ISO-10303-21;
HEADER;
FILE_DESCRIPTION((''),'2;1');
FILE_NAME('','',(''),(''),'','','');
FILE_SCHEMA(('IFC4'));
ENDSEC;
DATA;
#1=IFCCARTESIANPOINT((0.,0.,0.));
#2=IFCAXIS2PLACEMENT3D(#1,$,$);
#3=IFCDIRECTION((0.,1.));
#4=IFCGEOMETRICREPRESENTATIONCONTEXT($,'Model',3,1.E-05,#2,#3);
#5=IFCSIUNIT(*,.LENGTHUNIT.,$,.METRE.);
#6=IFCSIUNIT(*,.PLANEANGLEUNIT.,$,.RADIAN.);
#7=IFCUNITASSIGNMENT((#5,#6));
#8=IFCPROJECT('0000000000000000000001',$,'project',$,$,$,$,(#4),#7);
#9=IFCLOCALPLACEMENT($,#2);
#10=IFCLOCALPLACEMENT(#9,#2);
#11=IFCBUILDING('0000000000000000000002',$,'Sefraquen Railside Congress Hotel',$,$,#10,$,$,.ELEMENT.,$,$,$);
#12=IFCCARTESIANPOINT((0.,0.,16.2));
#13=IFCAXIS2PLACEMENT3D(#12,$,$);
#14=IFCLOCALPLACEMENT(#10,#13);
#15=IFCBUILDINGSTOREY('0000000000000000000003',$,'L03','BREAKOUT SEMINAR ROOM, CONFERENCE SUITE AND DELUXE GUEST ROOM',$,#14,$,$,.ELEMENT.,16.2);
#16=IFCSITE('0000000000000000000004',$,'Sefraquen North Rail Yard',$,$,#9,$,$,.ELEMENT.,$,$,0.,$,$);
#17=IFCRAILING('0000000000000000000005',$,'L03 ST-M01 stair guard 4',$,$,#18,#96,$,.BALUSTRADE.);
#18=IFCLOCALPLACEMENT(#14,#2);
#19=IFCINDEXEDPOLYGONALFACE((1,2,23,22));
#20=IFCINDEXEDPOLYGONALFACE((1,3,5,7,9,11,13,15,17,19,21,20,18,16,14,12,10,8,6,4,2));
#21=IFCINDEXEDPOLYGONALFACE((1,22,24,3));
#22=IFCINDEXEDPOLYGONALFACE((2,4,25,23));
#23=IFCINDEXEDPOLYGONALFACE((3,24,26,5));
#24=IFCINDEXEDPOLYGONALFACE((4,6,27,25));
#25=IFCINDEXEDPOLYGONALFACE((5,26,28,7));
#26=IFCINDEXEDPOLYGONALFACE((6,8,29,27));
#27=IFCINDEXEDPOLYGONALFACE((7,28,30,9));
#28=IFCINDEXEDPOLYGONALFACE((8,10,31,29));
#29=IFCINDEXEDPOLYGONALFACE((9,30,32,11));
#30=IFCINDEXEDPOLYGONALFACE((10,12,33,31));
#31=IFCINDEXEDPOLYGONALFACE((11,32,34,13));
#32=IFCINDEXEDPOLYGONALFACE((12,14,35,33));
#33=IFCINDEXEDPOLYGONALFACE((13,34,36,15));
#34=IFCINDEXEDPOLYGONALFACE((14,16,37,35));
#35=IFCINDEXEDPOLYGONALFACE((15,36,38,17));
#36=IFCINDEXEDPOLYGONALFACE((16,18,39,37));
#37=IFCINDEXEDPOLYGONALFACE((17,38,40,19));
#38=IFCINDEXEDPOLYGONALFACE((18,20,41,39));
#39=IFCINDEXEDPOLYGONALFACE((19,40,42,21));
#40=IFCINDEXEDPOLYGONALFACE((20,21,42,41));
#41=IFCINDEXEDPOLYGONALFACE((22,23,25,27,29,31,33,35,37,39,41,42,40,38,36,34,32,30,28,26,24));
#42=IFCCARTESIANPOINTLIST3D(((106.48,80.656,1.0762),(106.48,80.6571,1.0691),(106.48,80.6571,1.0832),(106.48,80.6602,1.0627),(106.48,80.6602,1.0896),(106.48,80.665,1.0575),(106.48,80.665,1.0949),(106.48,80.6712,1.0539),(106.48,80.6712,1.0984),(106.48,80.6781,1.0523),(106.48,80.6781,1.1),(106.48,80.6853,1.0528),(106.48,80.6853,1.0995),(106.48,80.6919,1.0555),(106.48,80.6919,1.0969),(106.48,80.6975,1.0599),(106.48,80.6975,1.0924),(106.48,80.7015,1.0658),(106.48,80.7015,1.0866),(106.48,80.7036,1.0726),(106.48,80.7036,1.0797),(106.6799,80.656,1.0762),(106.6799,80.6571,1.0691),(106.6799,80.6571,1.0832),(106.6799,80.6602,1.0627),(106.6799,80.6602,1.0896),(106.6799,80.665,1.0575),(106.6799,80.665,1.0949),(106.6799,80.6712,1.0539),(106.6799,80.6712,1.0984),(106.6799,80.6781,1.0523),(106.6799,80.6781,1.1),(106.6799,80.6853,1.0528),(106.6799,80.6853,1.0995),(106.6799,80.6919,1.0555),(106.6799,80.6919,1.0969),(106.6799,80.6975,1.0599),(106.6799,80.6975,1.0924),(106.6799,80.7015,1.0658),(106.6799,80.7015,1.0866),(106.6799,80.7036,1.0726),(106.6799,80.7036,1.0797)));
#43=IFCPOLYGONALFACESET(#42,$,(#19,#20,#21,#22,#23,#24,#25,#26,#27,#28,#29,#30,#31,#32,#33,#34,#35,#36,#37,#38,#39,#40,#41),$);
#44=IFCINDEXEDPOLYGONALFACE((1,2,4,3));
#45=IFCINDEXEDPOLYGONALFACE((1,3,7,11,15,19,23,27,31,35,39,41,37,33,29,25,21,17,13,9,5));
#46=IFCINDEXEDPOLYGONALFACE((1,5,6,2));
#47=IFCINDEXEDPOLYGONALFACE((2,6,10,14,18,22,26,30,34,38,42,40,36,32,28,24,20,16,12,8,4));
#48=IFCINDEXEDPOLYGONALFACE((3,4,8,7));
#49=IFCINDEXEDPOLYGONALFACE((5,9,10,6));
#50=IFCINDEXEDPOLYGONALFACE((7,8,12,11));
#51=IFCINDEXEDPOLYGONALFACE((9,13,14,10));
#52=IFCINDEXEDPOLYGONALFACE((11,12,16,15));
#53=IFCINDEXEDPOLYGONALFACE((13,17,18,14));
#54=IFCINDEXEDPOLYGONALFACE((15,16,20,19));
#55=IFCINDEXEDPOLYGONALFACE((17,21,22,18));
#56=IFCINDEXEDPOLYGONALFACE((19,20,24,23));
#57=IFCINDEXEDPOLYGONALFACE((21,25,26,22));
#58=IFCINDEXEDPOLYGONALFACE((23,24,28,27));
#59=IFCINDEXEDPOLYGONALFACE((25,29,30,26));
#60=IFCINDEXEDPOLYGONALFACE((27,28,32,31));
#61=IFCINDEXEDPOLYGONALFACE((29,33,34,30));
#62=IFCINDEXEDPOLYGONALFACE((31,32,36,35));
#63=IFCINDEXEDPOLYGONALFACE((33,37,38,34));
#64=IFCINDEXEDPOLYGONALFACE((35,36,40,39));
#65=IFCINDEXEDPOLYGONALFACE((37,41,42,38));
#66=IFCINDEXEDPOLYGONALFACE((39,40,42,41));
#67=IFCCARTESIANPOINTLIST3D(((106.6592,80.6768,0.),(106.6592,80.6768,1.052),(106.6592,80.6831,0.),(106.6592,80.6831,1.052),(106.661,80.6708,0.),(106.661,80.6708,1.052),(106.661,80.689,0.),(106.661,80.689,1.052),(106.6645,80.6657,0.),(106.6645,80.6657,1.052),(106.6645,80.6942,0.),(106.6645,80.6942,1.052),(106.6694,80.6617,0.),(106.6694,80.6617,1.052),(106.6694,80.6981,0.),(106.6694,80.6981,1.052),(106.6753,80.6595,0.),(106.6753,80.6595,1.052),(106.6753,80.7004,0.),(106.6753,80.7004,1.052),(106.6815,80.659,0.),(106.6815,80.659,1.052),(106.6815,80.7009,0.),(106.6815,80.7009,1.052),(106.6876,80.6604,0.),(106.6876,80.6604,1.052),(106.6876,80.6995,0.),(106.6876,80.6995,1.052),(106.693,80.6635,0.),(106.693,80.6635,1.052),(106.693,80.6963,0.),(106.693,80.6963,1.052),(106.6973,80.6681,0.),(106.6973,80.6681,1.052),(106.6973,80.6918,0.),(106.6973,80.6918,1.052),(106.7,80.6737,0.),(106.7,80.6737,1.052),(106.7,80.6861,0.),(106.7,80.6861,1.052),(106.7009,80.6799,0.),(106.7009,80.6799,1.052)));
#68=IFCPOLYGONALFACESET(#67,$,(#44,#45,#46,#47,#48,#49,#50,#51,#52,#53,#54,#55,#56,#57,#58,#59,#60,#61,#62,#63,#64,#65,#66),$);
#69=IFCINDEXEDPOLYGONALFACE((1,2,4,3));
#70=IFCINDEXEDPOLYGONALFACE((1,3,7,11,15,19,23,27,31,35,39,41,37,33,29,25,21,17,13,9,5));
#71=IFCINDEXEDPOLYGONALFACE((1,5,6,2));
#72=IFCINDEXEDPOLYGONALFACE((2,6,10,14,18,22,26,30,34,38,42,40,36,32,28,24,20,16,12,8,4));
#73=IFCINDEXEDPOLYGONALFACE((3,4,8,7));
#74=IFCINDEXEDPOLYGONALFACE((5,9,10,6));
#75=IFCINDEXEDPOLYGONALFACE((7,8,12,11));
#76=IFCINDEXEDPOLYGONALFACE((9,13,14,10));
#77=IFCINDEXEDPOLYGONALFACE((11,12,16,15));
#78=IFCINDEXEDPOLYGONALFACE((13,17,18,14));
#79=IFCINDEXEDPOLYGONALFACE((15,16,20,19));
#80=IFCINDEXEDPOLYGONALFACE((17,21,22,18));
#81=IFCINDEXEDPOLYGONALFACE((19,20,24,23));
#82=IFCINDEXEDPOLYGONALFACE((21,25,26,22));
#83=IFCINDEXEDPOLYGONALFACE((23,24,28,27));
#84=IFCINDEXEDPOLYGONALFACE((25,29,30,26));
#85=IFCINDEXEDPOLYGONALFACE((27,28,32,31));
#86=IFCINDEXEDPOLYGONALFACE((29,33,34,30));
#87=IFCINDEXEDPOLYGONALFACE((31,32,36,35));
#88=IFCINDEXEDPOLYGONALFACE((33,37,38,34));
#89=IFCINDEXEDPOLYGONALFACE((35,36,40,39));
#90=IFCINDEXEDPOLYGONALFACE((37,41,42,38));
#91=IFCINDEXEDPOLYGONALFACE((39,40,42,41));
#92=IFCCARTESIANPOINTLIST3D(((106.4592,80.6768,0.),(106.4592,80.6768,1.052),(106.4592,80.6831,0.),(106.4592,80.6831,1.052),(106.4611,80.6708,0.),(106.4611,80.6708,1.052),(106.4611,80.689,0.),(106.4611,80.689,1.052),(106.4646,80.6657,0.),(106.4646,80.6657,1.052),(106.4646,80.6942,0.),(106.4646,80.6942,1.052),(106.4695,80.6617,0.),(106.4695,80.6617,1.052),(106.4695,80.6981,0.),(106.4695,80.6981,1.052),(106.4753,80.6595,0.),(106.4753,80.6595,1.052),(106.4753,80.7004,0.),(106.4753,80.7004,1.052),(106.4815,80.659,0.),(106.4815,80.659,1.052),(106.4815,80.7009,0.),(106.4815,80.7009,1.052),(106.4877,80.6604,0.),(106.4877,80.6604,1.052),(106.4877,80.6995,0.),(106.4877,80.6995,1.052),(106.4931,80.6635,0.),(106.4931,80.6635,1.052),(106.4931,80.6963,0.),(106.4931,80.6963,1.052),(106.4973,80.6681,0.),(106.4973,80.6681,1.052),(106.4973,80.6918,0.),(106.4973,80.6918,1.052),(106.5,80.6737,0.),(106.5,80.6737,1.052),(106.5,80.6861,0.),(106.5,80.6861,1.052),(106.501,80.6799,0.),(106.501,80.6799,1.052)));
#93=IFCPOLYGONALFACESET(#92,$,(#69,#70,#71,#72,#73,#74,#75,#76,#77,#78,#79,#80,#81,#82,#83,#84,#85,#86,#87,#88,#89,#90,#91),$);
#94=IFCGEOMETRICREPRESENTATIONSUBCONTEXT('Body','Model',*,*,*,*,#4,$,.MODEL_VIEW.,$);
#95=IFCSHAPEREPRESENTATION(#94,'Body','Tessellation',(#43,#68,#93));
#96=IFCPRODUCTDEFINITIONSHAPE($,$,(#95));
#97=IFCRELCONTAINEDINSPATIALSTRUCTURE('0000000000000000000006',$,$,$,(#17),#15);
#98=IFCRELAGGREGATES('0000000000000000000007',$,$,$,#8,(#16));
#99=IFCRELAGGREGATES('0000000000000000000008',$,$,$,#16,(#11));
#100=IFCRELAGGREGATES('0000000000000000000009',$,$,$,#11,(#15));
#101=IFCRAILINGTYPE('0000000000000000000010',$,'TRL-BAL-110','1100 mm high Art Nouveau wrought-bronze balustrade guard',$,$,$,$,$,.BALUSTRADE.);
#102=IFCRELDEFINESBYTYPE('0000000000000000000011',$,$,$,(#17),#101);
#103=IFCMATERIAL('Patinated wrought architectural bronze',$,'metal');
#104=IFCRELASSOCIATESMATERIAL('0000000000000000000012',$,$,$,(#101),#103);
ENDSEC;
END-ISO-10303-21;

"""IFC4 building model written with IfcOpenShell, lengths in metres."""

from ifc_helpers import new_model, si_unit, direction, frame, origin, origin_2d, place, context, subcontext, project, spatial, circle, extrude, material, type_object, element, save


model = new_model("IFC4")

# Units and contexts
model_context = context("Model", 3, precision=1e-05, world=origin(), true_north=direction((0.0, 1.0)))
body_context = subcontext(model_context, "Body", "Model", "MODEL_VIEW")
ifc_project = project(units=[si_unit("LENGTHUNIT", "METRE"), si_unit("PLANEANGLEUNIT", "RADIAN")], contexts=[model_context])

# Site, building, storey
site_placement = place(None, origin())
site = spatial("IfcSite", under=ifc_project, at=site_placement, Name="Sefraquen North Rail Yard", CompositionType="ELEMENT", RefElevation=0.0)
building_placement = place(site_placement, origin())
building = spatial("IfcBuilding", under=site, at=building_placement, Name="Sefraquen Railside Congress Hotel", CompositionType="ELEMENT")
storey_placement = place(building_placement, frame((0.0, 0.0, 16.2)))
storey = spatial("IfcBuildingStorey", under=building, at=storey_placement, Name="L03", Description="BREAKOUT SEMINAR ROOM, CONFERENCE SUITE AND DELUXE GUEST ROOM", CompositionType="ELEMENT", Elevation=16.2)

# Railing
ifc_material_1 = material(Name="Patinated wrought architectural bronze", Category="metal")
railing_type_1 = type_object("IfcRailingType", Name="TRL-BAL-110", Description="1100 mm high Art Nouveau wrought-bronze balustrade guard", PredefinedType="BALUSTRADE", material=ifc_material_1)
railing_1_placement = place(storey_placement, frame((106.6799, 80.6799, 0.0)))
element("IfcRailing", 1, at=railing_1_placement, inside=storey, type_object=railing_type_1, Name="L03 ST-M01 stair guard 4", PredefinedType="BALUSTRADE", context=body_context, shape_type="SweptSolid", body=[
    extrude(circle(Radius=0.0239, at=origin_2d()), frame((0.0, 0.0, 1.0762), z_axis=(-1.0, 0.0, 0.0), x_axis=(0.0, -1.0, 0.0)), (0.0, 0.0, 1.0), 0.2),
    extrude(circle(Radius=0.021, at=origin_2d()), origin(), (0.0, 0.0, 1.0), 1.052),
    extrude(circle(Radius=0.021, at=origin_2d()), frame((-0.2, 0.0, 0.0)), (0.0, 0.0, 1.0), 1.052),
])

save(model, "model.ifc")
